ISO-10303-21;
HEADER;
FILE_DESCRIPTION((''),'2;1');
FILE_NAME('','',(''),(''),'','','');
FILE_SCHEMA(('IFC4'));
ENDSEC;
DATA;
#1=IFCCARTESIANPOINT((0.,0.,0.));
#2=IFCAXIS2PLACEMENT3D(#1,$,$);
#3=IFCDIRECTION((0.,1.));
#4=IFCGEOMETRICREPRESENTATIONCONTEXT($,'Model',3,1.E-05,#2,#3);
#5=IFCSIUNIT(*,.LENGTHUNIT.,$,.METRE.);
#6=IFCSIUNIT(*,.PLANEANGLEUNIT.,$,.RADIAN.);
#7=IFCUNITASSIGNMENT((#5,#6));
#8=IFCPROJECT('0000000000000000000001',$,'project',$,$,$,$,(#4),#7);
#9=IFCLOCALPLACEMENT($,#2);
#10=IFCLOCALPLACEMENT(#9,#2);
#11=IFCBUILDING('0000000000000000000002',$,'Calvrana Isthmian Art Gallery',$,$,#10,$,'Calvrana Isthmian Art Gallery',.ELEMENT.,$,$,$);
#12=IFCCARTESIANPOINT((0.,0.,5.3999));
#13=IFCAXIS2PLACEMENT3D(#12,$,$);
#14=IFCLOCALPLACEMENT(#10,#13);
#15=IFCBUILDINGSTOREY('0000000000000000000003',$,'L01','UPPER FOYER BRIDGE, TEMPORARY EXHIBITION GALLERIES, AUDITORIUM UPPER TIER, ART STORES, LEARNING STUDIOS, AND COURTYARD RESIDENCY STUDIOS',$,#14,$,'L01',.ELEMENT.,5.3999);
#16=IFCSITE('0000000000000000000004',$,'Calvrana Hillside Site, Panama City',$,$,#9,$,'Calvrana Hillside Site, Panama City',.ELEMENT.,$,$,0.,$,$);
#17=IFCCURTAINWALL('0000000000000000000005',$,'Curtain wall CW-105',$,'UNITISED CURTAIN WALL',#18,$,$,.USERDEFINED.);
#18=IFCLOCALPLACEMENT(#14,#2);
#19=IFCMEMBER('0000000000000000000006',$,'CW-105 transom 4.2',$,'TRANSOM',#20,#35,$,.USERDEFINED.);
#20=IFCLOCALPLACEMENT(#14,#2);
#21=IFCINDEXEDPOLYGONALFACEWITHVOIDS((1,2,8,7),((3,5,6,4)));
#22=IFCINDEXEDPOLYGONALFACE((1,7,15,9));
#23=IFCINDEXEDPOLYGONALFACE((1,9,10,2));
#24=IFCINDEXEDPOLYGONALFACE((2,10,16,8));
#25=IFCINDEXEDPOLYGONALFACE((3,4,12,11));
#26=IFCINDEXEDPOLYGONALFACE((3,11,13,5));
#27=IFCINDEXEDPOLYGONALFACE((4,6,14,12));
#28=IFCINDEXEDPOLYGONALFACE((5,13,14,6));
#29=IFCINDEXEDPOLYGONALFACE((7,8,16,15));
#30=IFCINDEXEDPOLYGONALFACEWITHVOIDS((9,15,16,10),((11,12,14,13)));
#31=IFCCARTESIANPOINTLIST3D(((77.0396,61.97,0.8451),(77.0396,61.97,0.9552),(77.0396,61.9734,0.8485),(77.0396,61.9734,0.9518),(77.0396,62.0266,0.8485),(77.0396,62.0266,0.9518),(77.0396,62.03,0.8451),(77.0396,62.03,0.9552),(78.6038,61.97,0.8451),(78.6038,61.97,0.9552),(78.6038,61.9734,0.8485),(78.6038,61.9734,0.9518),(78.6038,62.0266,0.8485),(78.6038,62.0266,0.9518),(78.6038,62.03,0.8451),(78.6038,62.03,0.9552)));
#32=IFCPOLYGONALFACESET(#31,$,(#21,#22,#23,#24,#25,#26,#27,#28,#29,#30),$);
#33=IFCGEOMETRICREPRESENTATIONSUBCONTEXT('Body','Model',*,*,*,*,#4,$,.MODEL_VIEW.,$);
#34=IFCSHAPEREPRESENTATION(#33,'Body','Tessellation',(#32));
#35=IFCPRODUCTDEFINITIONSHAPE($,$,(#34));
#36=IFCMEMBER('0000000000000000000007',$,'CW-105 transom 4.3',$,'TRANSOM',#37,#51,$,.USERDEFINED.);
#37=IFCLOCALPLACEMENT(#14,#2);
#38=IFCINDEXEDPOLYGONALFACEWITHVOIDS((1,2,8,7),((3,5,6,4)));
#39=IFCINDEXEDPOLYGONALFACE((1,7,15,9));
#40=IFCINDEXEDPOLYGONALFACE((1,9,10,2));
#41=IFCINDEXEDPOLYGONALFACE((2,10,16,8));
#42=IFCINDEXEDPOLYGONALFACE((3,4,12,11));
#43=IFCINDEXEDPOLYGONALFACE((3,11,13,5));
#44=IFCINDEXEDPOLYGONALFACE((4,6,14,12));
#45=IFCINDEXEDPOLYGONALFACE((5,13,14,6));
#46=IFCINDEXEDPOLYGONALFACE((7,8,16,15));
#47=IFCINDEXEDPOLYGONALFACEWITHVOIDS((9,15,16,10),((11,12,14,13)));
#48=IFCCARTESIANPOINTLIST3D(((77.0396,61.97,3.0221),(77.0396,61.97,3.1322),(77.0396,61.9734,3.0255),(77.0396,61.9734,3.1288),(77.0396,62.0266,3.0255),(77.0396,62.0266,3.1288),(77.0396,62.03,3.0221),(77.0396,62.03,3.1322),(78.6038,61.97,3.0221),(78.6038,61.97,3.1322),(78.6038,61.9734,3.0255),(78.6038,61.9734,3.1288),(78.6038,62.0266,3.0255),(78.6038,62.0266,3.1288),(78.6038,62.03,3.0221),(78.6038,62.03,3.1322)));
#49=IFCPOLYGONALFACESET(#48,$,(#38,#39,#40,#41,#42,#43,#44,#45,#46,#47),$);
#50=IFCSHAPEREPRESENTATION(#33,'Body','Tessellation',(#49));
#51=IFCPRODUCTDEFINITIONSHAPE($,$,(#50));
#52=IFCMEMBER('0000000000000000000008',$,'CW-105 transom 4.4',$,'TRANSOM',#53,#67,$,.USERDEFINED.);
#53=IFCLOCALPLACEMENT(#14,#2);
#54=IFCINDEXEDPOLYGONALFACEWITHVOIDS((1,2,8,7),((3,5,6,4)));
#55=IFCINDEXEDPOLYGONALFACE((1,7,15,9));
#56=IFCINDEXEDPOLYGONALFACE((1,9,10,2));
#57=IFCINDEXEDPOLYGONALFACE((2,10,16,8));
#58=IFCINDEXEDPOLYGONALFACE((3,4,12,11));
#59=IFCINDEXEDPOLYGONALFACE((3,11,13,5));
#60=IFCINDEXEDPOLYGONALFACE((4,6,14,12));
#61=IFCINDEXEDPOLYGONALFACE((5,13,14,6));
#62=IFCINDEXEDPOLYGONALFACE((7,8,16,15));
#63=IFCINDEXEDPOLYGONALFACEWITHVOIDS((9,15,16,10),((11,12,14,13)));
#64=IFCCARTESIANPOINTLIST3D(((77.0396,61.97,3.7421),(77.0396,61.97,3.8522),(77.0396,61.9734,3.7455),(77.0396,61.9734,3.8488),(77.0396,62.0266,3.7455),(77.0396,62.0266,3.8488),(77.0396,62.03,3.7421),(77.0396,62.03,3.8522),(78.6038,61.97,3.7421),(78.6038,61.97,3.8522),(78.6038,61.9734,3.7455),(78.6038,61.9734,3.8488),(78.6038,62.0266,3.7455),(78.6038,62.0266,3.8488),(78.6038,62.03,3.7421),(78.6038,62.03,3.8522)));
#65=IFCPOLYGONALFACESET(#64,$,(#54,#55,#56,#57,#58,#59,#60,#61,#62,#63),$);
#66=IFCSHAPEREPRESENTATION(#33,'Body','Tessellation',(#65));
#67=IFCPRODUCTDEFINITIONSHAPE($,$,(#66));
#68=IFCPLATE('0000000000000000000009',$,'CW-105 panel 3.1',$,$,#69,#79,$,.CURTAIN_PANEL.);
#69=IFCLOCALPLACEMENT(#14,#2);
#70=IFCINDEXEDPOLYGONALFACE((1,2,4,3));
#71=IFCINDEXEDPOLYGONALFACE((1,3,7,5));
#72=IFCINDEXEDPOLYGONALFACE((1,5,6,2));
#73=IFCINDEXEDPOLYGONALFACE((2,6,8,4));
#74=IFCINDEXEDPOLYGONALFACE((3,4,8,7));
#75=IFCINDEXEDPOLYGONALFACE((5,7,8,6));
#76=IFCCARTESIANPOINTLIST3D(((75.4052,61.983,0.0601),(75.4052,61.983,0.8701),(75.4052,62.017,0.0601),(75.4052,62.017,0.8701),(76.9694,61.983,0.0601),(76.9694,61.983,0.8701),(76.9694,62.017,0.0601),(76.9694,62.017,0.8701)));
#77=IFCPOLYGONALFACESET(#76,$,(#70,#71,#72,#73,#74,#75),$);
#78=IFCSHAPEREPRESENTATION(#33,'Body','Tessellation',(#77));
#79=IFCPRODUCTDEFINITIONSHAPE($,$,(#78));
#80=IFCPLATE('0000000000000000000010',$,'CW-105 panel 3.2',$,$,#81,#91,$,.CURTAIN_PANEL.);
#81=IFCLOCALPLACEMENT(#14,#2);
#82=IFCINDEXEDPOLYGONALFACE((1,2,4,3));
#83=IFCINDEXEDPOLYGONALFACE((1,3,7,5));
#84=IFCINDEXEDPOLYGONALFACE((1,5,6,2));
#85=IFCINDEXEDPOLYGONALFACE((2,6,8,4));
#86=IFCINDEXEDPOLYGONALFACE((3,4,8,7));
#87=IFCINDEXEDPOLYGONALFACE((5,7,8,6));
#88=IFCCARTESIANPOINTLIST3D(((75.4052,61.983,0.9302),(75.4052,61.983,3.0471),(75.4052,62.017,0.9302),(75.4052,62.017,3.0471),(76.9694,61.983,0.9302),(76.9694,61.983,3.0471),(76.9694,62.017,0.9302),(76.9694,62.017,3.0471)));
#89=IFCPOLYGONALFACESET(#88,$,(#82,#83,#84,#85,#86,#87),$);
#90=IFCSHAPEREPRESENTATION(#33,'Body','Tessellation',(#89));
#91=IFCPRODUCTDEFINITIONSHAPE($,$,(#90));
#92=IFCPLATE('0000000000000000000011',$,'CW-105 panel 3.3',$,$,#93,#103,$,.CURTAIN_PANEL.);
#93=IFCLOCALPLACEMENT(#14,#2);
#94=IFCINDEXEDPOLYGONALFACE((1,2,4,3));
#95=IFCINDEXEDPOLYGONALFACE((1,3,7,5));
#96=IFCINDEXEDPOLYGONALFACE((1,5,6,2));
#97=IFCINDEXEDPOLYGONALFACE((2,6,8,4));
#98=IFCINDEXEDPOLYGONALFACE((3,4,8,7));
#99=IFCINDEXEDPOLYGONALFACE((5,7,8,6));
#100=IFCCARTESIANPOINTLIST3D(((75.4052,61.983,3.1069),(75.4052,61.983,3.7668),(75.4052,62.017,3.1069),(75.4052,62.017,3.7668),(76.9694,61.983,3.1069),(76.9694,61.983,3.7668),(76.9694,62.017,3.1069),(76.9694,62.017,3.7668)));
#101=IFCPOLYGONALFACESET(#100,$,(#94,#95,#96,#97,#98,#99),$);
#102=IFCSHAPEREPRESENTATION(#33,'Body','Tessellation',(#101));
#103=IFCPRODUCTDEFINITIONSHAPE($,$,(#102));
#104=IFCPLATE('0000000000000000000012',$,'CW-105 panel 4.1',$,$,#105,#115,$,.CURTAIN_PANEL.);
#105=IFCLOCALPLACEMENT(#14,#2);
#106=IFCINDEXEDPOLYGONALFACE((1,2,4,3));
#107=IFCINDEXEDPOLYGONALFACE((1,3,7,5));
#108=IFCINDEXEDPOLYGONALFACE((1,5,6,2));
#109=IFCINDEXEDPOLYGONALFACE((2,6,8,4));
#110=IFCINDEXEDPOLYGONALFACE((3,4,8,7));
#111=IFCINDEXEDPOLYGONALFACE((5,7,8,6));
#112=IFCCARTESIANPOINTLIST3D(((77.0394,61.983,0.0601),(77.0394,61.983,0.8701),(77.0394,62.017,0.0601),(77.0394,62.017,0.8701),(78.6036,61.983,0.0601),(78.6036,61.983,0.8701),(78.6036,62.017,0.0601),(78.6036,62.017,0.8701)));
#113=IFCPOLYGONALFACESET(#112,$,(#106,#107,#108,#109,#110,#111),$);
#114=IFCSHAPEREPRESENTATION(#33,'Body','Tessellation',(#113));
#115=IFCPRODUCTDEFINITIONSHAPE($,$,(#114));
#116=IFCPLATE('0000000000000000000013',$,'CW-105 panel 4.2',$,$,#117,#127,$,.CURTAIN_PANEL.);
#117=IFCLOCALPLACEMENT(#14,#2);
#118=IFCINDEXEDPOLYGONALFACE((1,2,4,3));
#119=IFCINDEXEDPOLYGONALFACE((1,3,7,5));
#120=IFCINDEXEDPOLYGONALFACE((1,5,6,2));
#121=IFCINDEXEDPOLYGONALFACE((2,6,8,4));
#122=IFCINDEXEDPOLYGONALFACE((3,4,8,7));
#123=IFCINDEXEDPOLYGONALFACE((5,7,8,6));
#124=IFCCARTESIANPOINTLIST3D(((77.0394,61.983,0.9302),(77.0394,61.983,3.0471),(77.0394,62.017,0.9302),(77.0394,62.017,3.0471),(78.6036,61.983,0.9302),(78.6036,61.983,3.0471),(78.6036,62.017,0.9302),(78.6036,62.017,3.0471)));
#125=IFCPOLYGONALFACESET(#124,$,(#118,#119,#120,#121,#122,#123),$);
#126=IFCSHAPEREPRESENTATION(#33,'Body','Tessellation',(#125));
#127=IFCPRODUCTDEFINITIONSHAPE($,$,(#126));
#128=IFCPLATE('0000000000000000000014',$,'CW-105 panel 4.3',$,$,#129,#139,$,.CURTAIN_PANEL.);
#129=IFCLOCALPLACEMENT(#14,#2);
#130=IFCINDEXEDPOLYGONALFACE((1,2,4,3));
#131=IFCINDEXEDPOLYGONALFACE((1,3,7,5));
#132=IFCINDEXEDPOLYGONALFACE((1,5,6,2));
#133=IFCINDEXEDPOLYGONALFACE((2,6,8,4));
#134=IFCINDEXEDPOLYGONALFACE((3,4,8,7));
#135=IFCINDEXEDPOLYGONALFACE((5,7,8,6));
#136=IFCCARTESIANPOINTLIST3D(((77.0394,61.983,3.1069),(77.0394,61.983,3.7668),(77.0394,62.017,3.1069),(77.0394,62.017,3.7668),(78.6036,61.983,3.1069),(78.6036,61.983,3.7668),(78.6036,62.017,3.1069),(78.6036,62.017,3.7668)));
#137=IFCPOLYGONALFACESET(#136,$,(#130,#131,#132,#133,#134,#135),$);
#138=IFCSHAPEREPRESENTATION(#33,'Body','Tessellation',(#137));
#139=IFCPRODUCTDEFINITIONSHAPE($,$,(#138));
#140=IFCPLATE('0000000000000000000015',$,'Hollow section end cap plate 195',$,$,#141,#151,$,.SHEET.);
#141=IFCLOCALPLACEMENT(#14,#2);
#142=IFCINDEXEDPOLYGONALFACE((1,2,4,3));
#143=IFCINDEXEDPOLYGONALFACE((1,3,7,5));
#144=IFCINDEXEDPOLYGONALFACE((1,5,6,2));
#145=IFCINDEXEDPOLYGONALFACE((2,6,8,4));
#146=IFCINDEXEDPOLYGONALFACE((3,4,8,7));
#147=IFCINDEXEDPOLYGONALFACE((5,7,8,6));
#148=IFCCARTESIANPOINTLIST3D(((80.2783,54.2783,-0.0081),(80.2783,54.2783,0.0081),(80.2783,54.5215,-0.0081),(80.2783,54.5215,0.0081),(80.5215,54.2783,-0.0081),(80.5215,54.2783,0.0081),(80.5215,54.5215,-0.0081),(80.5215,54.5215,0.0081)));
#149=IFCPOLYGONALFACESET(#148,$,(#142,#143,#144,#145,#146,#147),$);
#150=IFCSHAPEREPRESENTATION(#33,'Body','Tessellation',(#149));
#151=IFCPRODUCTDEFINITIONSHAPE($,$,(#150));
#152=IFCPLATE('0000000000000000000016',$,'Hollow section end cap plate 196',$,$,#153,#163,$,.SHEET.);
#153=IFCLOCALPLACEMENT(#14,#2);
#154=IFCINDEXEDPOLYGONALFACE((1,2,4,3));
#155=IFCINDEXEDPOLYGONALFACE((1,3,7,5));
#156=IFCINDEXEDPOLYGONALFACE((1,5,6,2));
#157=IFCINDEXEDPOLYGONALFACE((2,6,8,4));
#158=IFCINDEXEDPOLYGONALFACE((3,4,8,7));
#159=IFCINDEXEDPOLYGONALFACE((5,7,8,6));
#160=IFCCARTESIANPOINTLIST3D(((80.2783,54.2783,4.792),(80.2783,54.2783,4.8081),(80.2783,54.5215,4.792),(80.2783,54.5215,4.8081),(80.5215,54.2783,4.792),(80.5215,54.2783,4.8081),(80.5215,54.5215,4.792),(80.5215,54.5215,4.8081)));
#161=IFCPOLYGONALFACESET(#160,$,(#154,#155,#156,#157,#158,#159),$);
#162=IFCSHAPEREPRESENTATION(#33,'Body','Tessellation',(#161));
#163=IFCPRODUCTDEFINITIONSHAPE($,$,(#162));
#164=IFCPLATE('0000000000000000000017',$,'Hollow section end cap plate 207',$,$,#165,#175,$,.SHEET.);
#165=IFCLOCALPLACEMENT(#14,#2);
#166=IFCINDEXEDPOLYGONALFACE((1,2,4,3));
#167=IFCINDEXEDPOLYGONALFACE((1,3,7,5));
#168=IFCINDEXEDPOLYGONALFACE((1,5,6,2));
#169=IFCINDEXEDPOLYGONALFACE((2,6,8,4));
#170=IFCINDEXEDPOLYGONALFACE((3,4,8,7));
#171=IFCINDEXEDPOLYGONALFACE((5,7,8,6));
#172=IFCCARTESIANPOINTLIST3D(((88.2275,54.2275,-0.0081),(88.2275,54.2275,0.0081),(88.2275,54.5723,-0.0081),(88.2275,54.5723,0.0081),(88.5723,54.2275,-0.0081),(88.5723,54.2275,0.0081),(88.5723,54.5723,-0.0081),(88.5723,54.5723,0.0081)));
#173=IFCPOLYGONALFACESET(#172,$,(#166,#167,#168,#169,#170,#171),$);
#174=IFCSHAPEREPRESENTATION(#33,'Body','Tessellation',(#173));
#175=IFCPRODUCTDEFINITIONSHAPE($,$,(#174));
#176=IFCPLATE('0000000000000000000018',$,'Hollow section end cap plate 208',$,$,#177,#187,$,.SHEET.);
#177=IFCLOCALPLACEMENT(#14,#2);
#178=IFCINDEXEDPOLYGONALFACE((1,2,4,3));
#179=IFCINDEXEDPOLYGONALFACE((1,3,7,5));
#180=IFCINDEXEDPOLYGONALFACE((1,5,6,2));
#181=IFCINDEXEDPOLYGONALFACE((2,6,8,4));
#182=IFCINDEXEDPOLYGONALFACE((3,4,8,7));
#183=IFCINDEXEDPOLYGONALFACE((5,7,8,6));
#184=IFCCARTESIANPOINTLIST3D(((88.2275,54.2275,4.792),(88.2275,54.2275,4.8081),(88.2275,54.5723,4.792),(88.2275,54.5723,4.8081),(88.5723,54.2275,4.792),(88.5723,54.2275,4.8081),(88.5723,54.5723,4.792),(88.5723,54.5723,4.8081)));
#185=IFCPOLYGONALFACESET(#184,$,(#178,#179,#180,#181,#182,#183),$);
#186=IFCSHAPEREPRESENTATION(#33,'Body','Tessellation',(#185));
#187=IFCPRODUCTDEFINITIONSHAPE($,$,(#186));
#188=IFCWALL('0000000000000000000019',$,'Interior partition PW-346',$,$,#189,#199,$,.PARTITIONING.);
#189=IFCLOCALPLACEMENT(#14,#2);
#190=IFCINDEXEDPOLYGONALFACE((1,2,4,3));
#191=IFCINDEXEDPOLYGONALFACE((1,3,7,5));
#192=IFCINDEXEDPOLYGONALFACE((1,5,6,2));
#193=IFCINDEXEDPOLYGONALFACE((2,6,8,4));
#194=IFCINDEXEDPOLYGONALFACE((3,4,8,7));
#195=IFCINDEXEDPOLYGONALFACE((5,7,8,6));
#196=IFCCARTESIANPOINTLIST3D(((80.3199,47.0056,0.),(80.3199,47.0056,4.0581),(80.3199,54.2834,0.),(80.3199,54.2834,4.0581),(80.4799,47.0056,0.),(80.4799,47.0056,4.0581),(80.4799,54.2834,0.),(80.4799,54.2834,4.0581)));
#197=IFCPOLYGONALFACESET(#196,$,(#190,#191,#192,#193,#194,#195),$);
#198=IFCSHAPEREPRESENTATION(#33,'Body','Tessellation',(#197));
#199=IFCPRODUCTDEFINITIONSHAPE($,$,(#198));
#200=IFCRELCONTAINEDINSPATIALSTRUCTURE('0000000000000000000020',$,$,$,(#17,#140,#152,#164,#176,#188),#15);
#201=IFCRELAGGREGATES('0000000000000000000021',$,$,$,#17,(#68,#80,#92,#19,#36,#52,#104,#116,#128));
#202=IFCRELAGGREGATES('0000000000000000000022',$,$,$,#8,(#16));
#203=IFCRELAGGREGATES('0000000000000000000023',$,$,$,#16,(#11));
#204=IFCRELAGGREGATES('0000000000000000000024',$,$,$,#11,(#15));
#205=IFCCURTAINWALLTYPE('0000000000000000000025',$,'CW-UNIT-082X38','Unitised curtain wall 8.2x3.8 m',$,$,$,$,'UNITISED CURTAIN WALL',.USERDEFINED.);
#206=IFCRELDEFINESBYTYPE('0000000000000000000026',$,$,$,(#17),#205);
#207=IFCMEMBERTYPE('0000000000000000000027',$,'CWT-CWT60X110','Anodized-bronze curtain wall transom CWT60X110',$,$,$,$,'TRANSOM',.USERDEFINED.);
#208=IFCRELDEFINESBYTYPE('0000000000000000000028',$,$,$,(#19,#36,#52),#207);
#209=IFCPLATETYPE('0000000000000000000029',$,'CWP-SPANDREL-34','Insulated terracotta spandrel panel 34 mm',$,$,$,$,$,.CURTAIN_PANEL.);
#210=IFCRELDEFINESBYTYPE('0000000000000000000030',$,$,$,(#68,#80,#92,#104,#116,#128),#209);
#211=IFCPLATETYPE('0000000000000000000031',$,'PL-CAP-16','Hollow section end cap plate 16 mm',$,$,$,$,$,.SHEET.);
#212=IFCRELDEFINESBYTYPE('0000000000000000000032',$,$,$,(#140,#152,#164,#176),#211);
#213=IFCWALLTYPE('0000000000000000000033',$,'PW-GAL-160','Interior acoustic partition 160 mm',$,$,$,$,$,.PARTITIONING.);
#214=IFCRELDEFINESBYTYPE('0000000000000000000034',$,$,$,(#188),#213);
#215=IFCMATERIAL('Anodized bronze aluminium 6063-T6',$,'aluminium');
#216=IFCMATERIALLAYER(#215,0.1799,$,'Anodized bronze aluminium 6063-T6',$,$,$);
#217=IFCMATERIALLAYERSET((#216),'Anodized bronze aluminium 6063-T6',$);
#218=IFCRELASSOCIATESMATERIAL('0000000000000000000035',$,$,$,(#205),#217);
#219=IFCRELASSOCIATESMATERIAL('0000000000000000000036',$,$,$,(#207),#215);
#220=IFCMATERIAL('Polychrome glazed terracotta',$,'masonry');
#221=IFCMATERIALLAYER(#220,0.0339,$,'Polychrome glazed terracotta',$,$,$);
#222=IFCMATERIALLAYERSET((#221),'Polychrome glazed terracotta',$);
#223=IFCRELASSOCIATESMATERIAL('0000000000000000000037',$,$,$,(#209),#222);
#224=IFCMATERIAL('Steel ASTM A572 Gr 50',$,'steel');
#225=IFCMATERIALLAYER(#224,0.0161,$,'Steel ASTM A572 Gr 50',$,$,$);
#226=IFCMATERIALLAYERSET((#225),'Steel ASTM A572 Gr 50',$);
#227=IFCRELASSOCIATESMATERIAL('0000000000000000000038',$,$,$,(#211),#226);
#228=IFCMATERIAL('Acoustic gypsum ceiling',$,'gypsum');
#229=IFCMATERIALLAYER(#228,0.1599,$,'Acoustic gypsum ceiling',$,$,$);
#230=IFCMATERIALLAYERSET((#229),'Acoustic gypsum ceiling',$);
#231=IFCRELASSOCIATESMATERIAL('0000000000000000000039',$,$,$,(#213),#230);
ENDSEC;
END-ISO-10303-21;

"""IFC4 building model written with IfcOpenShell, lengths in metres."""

from ifc_helpers import new_model, si_unit, direction, frame, frame_2d, origin, origin_2d, place, context, subcontext, project, spatial, rectangle, hollow_rectangle, extrude, material, layer, layer_set, material_profile, profile_set, type_object, element, aggregate, save


model = new_model("IFC4")

# Units and contexts
model_context = context("Model", 3, precision=1e-05, world=origin(), true_north=direction((0.0, 1.0)))
body_context = subcontext(model_context, "Body", "Model", "MODEL_VIEW")
ifc_project = project(units=[si_unit("LENGTHUNIT", "METRE"), si_unit("PLANEANGLEUNIT", "RADIAN")], contexts=[model_context])

# Site, building, storey
site_placement = place(None, origin())
site = spatial("IfcSite", under=ifc_project, at=site_placement, Name="Calvrana Hillside Site, Panama City", LongName="Calvrana Hillside Site, Panama City", CompositionType="ELEMENT", RefElevation=0.0)
building_placement = place(site_placement, origin())
building = spatial("IfcBuilding", under=site, at=building_placement, Name="Calvrana Isthmian Art Gallery", LongName="Calvrana Isthmian Art Gallery", CompositionType="ELEMENT")
storey_placement = place(building_placement, frame((0.0, 0.0, 5.3999)))
storey = spatial("IfcBuildingStorey", under=building, at=storey_placement, Name="L01", Description="UPPER FOYER BRIDGE, TEMPORARY EXHIBITION GALLERIES, AUDITORIUM UPPER TIER, ART STORES, LEARNING STUDIOS, AND COURTYARD RESIDENCY STUDIOS", LongName="L01", CompositionType="ELEMENT", Elevation=5.3999)

# Curtain wall, members, plates
ifc_material_1 = material(Name="Anodized bronze aluminium 6063-T6", Category="aluminium")
ifc_layer_1 = layer(ifc_material_1, 0.1799, Name="Anodized bronze aluminium 6063-T6")
ifc_layer_set_1 = layer_set([ifc_layer_1], Name="Anodized bronze aluminium 6063-T6")
curtain_wall_type = type_object("IfcCurtainWallType", Name="CW-UNIT-082X38", Description="Unitised curtain wall 8.2x3.8 m", ElementType="UNITISED CURTAIN WALL", PredefinedType="USERDEFINED", material=ifc_layer_set_1)
curtain_wall_placement = place(storey_placement, origin())
curtain_wall = element("IfcCurtainWall", 1, at=curtain_wall_placement, inside=storey, type_object=curtain_wall_type, Name="Curtain wall CW-105", ObjectType="UNITISED CURTAIN WALL", PredefinedType="USERDEFINED")
ifc_material_profile_1 = material_profile(ifc_material_1, hollow_rectangle(XDim=0.0601, YDim=0.1101, WallThickness=0.0034, at=origin_2d()), Name="CWT60X110")
ifc_profile_set_1 = profile_set([ifc_material_profile_1], Name="Anodized bronze aluminium 6063-T6")
member_type_1 = type_object("IfcMemberType", Name="CWT-CWT60X110", Description="Anodized-bronze curtain wall transom CWT60X110", ElementType="TRANSOM", PredefinedType="USERDEFINED", material=ifc_profile_set_1)
member_1_placement = place(storey_placement, frame((77.0396, 62.0, 0.9001), z_axis=(1.0, 0.0, 0.0), x_axis=(0.0, 1.0, 0.0)))
member_1 = element("IfcMember", 2, at=member_1_placement, type_object=member_type_1, Name="CW-105 transom 4.2", ObjectType="TRANSOM", PredefinedType="USERDEFINED", context=body_context, shape_type="SweptSolid", body=[
    extrude(hollow_rectangle(XDim=0.0601, YDim=0.1101, WallThickness=0.0034, at=origin_2d()), origin(), (0.0, 0.0, 1.0), 1.5642),
])
member_2_placement = place(storey_placement, frame((77.0396, 62.0, 3.0771), z_axis=(1.0, 0.0, 0.0), x_axis=(0.0, 1.0, 0.0)))
member_2 = element("IfcMember", 3, at=member_2_placement, type_object=member_type_1, Name="CW-105 transom 4.3", ObjectType="TRANSOM", PredefinedType="USERDEFINED", context=body_context, shape_type="SweptSolid", body=[
    extrude(hollow_rectangle(XDim=0.0601, YDim=0.1101, WallThickness=0.0034, at=origin_2d()), origin(), (0.0, 0.0, 1.0), 1.5642),
])
member_3_placement = place(storey_placement, frame((77.0396, 62.0, 3.7971), z_axis=(1.0, 0.0, 0.0), x_axis=(0.0, 1.0, 0.0)))
member_3 = element("IfcMember", 4, at=member_3_placement, type_object=member_type_1, Name="CW-105 transom 4.4", ObjectType="TRANSOM", PredefinedType="USERDEFINED", context=body_context, shape_type="SweptSolid", body=[
    extrude(hollow_rectangle(XDim=0.0601, YDim=0.1101, WallThickness=0.0034, at=origin_2d()), origin(), (0.0, 0.0, 1.0), 1.5642),
])
ifc_material_2 = material(Name="Polychrome glazed terracotta", Category="masonry")
ifc_layer_2 = layer(ifc_material_2, 0.0339, Name="Polychrome glazed terracotta")
ifc_layer_set_2 = layer_set([ifc_layer_2], Name="Polychrome glazed terracotta")
plate_type_1 = type_object("IfcPlateType", Name="CWP-SPANDREL-34", Description="Insulated terracotta spandrel panel 34 mm", PredefinedType="CURTAIN_PANEL", material=ifc_layer_set_2)
plate_1_placement = place(storey_placement, frame((76.1873, 62.0, 0.0601), z_axis=(0.0, 0.0, 1.0), x_axis=(1.0, 0.0, 0.0)))
plate_1 = element("IfcPlate", 5, at=plate_1_placement, type_object=plate_type_1, Name="CW-105 panel 3.1", PredefinedType="CURTAIN_PANEL", context=body_context, shape_type="SweptSolid", body=[
    extrude(rectangle(XDim=1.5642, YDim=0.0339, at=origin_2d()), origin(), (0.0, 0.0, 1.0), 0.8101),
])
plate_2_placement = place(storey_placement, frame((76.1873, 62.0, 0.9302), z_axis=(0.0, 0.0, 1.0), x_axis=(1.0, 0.0, 0.0)))
plate_2 = element("IfcPlate", 6, at=plate_2_placement, type_object=plate_type_1, Name="CW-105 panel 3.2", PredefinedType="CURTAIN_PANEL", context=body_context, shape_type="SweptSolid", body=[
    extrude(rectangle(XDim=1.5642, YDim=0.0339, at=origin_2d()), origin(), (0.0, 0.0, 1.0), 2.1169),
])
plate_3_placement = place(storey_placement, frame((76.1873, 62.0, 3.1069), z_axis=(0.0, 0.0, 1.0), x_axis=(1.0, 0.0, 0.0)))
plate_3 = element("IfcPlate", 7, at=plate_3_placement, type_object=plate_type_1, Name="CW-105 panel 3.3", PredefinedType="CURTAIN_PANEL", context=body_context, shape_type="SweptSolid", body=[
    extrude(rectangle(XDim=1.5642, YDim=0.0339, at=origin_2d()), origin(), (0.0, 0.0, 1.0), 0.6599),
])
plate_4_placement = place(storey_placement, frame((77.8215, 62.0, 0.0601), z_axis=(0.0, 0.0, 1.0), x_axis=(1.0, 0.0, 0.0)))
plate_4 = element("IfcPlate", 8, at=plate_4_placement, type_object=plate_type_1, Name="CW-105 panel 4.1", PredefinedType="CURTAIN_PANEL", context=body_context, shape_type="SweptSolid", body=[
    extrude(rectangle(XDim=1.5642, YDim=0.0339, at=origin_2d()), origin(), (0.0, 0.0, 1.0), 0.8101),
])
plate_5_placement = place(storey_placement, frame((77.8215, 62.0, 0.9302), z_axis=(0.0, 0.0, 1.0), x_axis=(1.0, 0.0, 0.0)))
plate_5 = element("IfcPlate", 9, at=plate_5_placement, type_object=plate_type_1, Name="CW-105 panel 4.2", PredefinedType="CURTAIN_PANEL", context=body_context, shape_type="SweptSolid", body=[
    extrude(rectangle(XDim=1.5642, YDim=0.0339, at=origin_2d()), origin(), (0.0, 0.0, 1.0), 2.1169),
])
plate_6_placement = place(storey_placement, frame((77.8215, 62.0, 3.1069), z_axis=(0.0, 0.0, 1.0), x_axis=(1.0, 0.0, 0.0)))
plate_6 = element("IfcPlate", 10, at=plate_6_placement, type_object=plate_type_1, Name="CW-105 panel 4.3", PredefinedType="CURTAIN_PANEL", context=body_context, shape_type="SweptSolid", body=[
    extrude(rectangle(XDim=1.5642, YDim=0.0339, at=origin_2d()), origin(), (0.0, 0.0, 1.0), 0.6599),
])
aggregate(curtain_wall, [plate_1, plate_2, plate_3, member_1, member_2, member_3, plate_4, plate_5, plate_6])

# Plates
ifc_material_3 = material(Name="Steel ASTM A572 Gr 50", Category="steel")
ifc_layer_3 = layer(ifc_material_3, 0.0161, Name="Steel ASTM A572 Gr 50")
ifc_layer_set_3 = layer_set([ifc_layer_3], Name="Steel ASTM A572 Gr 50")
plate_type_2 = type_object("IfcPlateType", Name="PL-CAP-16", Description="Hollow section end cap plate 16 mm", PredefinedType="SHEET", material=ifc_layer_set_3)
for number, where, z_axis, x_axis, name in (
    (11, (80.3999, 54.3999, -0.0081), (0.0, 0.0, 1.0), (1.0, 0.0, 0.0), "Hollow section end cap plate 195"),
    (12, (80.3999, 54.3999, 4.792), (0.0, 0.0, 1.0), (1.0, 0.0, 0.0), "Hollow section end cap plate 196"),
):
    element("IfcPlate", number, at=place(storey_placement, frame(where, z_axis=z_axis, x_axis=x_axis)), inside=storey, type_object=plate_type_2, Name=name, PredefinedType="SHEET", context=body_context, shape_type="SweptSolid", body=[
        extrude(rectangle(XDim=0.2432, YDim=0.2432, at=origin_2d()), origin(), (0.0, 0.0, 1.0), 0.0161),
    ])
for number, where, z_axis, x_axis, name in (
    (13, (88.3999, 54.3999, -0.0081), (0.0, 0.0, 1.0), (1.0, 0.0, 0.0), "Hollow section end cap plate 207"),
    (14, (88.3999, 54.3999, 4.792), (0.0, 0.0, 1.0), (1.0, 0.0, 0.0), "Hollow section end cap plate 208"),
):
    element("IfcPlate", number, at=place(storey_placement, frame(where, z_axis=z_axis, x_axis=x_axis)), inside=storey, type_object=plate_type_2, Name=name, PredefinedType="SHEET", context=body_context, shape_type="SweptSolid", body=[
        extrude(rectangle(XDim=0.3447, YDim=0.3447, at=origin_2d()), origin(), (0.0, 0.0, 1.0), 0.0161),
    ])

# Wall
ifc_material_4 = material(Name="Acoustic gypsum ceiling", Category="gypsum")
ifc_layer_4 = layer(ifc_material_4, 0.1599, Name="Acoustic gypsum ceiling")
ifc_layer_set_4 = layer_set([ifc_layer_4], Name="Acoustic gypsum ceiling")
wall_type = type_object("IfcWallType", Name="PW-GAL-160", Description="Interior acoustic partition 160 mm", PredefinedType="PARTITIONING", material=ifc_layer_set_4)
wall_1_placement = place(storey_placement, frame((80.3999, 47.0056, 0.0), z_axis=(0.0, 0.0, 1.0), x_axis=(0.0, 1.0, 0.0)))
element("IfcWall", 15, at=wall_1_placement, inside=storey, type_object=wall_type, Name="Interior partition PW-346", PredefinedType="PARTITIONING", context=body_context, shape_type="SweptSolid", body=[
    extrude(rectangle(XDim=7.2778, YDim=0.1599, at=frame_2d((3.6389, 0.0))), origin(), (0.0, 0.0, 1.0), 4.0581),
])

save(model, "model.ifc")
